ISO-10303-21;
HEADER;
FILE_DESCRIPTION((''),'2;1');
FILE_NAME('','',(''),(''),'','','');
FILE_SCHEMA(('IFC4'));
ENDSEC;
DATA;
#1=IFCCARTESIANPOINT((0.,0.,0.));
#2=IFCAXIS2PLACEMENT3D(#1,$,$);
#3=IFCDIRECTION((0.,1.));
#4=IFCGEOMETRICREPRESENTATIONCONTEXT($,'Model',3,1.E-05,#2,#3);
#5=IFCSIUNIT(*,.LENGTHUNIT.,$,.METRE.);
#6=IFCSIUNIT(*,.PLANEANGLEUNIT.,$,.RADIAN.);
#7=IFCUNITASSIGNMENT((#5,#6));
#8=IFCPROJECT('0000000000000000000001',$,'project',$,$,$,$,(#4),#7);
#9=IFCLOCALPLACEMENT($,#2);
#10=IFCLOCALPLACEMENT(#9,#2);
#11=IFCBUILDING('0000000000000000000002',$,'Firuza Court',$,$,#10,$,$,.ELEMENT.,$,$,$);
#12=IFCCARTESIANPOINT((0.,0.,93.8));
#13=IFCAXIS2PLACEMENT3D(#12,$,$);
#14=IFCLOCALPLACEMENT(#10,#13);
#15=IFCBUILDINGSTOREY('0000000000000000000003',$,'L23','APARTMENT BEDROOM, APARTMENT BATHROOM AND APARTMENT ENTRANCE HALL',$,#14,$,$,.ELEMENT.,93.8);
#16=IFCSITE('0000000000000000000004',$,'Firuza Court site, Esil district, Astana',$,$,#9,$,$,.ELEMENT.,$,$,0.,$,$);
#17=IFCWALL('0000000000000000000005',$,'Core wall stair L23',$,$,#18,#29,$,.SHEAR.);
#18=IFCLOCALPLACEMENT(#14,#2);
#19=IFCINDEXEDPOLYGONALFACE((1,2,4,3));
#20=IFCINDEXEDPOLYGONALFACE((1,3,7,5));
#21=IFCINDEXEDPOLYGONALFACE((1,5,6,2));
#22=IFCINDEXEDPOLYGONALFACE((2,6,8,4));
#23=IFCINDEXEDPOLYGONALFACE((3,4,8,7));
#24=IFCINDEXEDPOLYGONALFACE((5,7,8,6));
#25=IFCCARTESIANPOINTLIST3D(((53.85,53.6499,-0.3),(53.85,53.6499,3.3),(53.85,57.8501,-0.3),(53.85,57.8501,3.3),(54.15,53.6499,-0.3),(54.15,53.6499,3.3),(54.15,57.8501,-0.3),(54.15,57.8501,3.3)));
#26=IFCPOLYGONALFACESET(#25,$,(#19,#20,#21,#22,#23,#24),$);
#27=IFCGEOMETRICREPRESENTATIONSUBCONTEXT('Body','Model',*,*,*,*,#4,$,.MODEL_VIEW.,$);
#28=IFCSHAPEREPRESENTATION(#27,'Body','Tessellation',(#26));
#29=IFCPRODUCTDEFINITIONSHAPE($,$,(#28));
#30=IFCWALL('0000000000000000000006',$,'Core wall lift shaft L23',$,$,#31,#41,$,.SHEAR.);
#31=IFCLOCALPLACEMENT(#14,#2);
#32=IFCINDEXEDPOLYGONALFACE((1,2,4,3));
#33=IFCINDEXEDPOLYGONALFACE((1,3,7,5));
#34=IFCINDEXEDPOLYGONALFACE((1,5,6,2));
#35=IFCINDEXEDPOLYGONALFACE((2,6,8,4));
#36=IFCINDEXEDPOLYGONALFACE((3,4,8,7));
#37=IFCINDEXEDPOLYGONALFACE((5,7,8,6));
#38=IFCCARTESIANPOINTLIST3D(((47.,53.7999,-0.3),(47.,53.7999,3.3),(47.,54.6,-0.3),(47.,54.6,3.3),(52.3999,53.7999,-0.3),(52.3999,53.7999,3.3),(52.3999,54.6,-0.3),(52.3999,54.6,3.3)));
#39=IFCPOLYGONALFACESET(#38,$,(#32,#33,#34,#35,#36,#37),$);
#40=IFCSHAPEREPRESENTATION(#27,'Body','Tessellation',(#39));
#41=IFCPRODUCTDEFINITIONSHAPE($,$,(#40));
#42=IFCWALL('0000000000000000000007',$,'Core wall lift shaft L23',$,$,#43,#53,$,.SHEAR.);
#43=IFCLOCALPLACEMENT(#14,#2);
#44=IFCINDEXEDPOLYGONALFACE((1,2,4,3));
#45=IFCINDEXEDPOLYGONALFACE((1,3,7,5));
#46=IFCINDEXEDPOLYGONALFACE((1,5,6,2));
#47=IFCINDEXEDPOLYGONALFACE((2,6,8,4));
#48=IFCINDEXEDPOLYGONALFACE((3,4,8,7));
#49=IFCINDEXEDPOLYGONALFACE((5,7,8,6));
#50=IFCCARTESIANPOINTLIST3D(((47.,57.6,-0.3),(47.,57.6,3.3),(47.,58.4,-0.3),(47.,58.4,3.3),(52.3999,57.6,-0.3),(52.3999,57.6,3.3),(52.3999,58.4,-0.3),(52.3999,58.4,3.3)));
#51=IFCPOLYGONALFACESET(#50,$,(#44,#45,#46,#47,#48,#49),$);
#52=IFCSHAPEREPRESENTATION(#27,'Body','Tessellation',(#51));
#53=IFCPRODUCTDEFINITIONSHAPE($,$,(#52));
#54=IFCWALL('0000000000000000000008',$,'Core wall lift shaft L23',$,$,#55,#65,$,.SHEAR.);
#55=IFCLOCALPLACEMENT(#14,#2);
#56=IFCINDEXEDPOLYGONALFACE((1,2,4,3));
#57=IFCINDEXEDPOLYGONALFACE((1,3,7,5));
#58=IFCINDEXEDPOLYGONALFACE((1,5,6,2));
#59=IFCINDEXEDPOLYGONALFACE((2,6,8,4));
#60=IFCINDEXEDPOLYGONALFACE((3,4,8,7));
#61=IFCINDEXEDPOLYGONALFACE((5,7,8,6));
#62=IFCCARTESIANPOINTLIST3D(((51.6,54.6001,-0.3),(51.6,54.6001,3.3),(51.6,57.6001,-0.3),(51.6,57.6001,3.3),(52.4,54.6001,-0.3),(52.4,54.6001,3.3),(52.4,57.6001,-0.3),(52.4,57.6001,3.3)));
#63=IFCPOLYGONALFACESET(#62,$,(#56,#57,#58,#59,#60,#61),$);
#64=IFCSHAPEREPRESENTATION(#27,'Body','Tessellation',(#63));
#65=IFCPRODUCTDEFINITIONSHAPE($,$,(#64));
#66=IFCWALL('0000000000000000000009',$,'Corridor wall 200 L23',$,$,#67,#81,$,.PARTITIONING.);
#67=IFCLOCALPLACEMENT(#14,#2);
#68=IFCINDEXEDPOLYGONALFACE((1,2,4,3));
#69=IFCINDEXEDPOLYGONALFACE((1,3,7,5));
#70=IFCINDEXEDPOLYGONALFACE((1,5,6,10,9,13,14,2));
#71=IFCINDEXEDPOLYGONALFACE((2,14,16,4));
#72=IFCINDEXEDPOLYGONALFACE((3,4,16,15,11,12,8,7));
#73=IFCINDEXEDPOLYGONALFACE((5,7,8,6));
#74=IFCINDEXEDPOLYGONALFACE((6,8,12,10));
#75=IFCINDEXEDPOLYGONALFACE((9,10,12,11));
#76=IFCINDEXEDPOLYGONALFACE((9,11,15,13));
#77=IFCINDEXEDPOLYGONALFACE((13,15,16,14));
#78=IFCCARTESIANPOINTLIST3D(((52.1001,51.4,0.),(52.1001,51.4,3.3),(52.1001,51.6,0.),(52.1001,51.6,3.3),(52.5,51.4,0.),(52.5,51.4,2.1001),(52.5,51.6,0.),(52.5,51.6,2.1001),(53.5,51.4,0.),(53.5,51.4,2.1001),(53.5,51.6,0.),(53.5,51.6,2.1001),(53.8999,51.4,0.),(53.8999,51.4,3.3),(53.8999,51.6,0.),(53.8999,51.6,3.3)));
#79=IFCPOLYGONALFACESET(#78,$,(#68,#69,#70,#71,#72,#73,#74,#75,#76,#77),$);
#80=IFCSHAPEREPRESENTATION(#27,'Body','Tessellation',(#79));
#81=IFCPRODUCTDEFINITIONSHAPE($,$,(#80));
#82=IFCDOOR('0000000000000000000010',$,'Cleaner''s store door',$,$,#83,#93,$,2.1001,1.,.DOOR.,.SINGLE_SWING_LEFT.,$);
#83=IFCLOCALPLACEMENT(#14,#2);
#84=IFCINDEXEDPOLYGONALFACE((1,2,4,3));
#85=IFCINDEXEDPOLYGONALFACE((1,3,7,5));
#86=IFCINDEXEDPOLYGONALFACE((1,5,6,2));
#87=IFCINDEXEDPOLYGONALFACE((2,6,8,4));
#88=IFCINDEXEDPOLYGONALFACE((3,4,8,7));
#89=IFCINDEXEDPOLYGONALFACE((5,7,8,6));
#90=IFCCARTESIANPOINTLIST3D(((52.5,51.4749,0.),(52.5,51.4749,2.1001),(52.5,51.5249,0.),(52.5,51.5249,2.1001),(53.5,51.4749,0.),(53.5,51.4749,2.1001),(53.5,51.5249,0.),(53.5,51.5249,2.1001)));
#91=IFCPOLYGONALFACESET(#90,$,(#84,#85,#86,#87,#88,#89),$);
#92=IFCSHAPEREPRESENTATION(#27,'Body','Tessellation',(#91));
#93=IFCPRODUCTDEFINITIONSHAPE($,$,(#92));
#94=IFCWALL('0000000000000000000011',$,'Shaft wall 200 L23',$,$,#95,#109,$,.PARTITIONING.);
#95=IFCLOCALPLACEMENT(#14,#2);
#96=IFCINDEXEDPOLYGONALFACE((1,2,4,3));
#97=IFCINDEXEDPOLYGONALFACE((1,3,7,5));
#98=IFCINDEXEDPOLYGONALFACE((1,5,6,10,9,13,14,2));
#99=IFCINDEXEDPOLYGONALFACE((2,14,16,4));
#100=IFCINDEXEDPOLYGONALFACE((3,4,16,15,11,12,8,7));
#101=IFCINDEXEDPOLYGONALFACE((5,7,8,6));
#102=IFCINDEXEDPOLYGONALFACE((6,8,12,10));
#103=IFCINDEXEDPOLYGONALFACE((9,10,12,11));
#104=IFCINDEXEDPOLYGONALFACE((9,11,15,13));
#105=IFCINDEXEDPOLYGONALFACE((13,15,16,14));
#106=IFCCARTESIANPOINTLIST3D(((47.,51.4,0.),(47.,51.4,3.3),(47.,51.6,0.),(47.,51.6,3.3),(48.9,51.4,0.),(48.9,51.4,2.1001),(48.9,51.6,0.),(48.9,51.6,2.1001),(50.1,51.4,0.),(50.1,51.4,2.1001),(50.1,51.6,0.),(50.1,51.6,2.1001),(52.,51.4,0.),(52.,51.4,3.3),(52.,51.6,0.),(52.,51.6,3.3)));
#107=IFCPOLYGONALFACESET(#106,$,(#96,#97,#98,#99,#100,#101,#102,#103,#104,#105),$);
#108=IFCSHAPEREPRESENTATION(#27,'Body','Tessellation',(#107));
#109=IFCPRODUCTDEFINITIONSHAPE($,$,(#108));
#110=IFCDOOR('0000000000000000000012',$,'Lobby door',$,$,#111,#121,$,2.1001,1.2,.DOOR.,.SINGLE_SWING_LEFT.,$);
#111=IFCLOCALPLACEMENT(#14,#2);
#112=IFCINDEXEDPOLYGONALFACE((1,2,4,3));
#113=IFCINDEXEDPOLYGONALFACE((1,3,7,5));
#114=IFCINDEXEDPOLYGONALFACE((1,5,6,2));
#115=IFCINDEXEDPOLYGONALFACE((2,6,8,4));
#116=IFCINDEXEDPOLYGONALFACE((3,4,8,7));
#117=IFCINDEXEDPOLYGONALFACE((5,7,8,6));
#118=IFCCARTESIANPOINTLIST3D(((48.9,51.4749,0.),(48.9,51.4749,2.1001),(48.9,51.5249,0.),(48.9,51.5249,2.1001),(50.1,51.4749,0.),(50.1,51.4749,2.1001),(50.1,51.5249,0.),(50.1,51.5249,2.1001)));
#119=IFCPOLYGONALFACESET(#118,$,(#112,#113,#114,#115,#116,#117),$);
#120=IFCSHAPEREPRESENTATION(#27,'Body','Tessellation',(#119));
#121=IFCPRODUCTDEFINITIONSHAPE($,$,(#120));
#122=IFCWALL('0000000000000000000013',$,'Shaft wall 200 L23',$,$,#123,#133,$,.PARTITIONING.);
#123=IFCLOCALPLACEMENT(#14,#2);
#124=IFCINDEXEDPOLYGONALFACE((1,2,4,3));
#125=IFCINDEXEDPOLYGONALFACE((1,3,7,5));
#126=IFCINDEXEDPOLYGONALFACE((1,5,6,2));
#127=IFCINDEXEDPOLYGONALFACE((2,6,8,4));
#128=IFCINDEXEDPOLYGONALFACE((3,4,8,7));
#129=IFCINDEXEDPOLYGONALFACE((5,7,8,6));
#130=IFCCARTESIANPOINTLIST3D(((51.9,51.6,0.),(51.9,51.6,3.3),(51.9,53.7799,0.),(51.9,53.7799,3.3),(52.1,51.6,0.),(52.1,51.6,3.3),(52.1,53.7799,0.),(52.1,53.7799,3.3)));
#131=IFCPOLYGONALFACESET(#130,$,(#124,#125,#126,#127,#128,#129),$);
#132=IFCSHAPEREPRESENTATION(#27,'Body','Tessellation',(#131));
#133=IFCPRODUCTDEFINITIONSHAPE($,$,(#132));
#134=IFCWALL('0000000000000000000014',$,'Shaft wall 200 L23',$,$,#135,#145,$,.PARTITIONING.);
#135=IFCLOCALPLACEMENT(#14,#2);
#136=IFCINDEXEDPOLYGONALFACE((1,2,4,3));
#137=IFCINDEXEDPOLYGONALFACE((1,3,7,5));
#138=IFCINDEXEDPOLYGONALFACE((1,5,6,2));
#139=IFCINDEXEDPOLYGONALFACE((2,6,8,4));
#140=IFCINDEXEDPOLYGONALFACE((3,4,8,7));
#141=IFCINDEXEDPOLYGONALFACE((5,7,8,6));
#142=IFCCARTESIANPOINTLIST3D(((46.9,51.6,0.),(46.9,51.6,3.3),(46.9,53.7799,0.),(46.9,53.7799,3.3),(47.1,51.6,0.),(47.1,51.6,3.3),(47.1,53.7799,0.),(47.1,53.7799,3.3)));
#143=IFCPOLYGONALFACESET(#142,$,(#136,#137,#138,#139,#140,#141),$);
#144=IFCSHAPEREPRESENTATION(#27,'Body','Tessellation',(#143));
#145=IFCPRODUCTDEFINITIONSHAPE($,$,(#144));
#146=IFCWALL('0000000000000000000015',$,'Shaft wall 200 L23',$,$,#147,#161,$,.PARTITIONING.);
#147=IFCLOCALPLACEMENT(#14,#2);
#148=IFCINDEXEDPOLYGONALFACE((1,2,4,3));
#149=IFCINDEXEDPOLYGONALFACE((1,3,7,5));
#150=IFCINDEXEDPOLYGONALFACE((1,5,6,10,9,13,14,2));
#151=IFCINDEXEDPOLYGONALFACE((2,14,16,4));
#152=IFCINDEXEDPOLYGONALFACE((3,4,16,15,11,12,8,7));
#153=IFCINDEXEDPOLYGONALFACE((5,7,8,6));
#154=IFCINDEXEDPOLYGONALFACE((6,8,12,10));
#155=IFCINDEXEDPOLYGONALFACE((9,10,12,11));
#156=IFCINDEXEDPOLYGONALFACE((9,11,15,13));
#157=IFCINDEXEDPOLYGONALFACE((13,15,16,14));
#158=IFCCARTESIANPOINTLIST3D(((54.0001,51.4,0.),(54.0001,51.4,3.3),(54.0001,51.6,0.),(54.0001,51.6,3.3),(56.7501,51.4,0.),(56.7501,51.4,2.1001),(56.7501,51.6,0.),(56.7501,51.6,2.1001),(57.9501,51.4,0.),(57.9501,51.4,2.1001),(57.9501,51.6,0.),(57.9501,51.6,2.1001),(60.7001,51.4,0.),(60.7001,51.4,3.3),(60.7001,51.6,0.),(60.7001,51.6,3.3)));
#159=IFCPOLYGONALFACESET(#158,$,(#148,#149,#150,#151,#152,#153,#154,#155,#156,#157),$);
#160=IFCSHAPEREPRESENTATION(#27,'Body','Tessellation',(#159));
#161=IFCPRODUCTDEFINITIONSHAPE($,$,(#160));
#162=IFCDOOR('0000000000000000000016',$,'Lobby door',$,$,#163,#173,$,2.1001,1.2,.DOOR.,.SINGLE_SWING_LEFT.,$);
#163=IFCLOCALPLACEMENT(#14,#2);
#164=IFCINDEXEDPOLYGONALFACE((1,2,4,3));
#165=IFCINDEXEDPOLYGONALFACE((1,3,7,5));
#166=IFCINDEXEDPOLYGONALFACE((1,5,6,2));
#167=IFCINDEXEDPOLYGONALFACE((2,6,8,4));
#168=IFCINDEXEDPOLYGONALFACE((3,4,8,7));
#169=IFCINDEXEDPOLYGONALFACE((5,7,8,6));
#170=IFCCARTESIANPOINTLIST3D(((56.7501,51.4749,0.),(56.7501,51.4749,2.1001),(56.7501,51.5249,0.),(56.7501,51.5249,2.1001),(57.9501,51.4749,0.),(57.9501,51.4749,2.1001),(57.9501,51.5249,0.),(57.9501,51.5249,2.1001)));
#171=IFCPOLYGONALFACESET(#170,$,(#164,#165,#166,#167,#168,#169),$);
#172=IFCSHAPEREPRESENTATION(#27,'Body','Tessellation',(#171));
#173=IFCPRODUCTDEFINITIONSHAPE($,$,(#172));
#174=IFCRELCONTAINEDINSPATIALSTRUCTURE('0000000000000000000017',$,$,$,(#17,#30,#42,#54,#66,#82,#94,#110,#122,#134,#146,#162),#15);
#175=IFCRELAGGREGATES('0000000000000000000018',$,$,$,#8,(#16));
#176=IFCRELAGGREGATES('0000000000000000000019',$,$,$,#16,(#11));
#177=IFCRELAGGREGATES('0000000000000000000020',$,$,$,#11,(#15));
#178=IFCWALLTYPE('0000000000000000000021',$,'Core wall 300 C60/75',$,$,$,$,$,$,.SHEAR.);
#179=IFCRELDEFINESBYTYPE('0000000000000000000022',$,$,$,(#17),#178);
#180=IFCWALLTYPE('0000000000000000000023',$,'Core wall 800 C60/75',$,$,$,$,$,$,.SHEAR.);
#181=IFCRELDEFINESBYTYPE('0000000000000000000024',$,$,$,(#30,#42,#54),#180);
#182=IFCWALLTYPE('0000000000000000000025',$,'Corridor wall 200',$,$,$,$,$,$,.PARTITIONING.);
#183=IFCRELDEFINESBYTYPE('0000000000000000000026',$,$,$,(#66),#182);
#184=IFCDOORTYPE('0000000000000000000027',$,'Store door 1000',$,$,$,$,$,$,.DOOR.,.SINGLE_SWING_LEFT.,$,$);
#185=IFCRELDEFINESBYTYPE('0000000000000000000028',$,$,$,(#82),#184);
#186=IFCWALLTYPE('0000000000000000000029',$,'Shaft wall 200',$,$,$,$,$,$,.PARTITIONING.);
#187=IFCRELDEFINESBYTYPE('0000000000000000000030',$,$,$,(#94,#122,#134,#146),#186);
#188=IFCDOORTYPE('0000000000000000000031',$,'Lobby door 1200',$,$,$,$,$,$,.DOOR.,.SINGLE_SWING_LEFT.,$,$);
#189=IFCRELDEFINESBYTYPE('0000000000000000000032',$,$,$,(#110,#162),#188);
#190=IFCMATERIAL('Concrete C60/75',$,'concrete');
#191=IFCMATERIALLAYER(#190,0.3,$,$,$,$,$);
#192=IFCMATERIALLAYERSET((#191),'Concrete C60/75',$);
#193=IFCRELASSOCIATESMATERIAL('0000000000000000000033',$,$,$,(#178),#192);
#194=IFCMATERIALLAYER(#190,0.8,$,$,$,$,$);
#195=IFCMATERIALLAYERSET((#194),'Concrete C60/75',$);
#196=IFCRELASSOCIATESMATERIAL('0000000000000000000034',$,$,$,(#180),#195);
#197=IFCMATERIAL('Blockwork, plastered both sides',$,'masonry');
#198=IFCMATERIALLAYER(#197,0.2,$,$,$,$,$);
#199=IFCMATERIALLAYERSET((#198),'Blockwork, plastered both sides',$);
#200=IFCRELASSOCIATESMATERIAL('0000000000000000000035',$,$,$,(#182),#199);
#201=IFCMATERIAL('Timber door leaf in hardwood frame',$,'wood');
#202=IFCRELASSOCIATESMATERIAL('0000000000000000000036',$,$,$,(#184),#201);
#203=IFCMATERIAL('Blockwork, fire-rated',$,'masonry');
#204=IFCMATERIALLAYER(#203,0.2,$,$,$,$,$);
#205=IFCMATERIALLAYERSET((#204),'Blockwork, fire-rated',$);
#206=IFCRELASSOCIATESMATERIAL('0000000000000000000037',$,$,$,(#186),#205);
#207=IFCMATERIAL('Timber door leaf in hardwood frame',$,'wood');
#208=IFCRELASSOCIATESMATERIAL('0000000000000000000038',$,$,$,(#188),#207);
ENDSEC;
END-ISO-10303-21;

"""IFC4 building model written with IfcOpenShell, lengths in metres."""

from ifc_helpers import new_model, si_unit, direction, frame, frame_2d, origin, place, context, subcontext, project, spatial, rectangle, extrude, material, layer, layer_set, type_object, element, fill, save


model = new_model("IFC4")

# Units and contexts
model_context = context("Model", 3, precision=1e-05, world=origin(), true_north=direction((0.0, 1.0)))
body_context = subcontext(model_context, "Body", "Model", "MODEL_VIEW")
ifc_project = project(units=[si_unit("LENGTHUNIT", "METRE"), si_unit("PLANEANGLEUNIT", "RADIAN")], contexts=[model_context])

# Site, building, storey
site_placement = place(None, origin())
site = spatial("IfcSite", under=ifc_project, at=site_placement, Name="Firuza Court site, Esil district, Astana", CompositionType="ELEMENT", RefElevation=0.0)
building_placement = place(site_placement, origin())
building = spatial("IfcBuilding", under=site, at=building_placement, Name="Firuza Court", CompositionType="ELEMENT")
storey_placement = place(building_placement, frame((0.0, 0.0, 93.8)))
storey = spatial("IfcBuildingStorey", under=building, at=storey_placement, Name="L23", Description="APARTMENT BEDROOM, APARTMENT BATHROOM AND APARTMENT ENTRANCE HALL", CompositionType="ELEMENT", Elevation=93.8)

# Shared definitions
ifc_material_1 = material(Name="Concrete C60/75", Category="concrete")
ifc_layer_1 = layer(ifc_material_1, 0.3)
ifc_layer_set_1 = layer_set([ifc_layer_1], Name="Concrete C60/75")
wall_type_1 = type_object("IfcWallType", Name="Core wall 300 C60/75", PredefinedType="SHEAR", material=ifc_layer_set_1)

# Walls
wall_1_placement = place(storey_placement, frame((54.0, 53.6499, -0.3), z_axis=(0.0, 0.0, 1.0), x_axis=(0.0, 1.0, 0.0)))
element("IfcWall", 1, at=wall_1_placement, inside=storey, type_object=wall_type_1, Name="Core wall stair L23", PredefinedType="SHEAR", context=body_context, shape_type="SweptSolid", body=[
    extrude(rectangle(XDim=4.2002, YDim=0.3, at=frame_2d((2.1001, 0.0))), origin(), (0.0, 0.0, 1.0), 3.6001),
])
ifc_layer_2 = layer(ifc_material_1, 0.8)
ifc_layer_set_2 = layer_set([ifc_layer_2], Name="Concrete C60/75")
wall_type_2 = type_object("IfcWallType", Name="Core wall 800 C60/75", PredefinedType="SHEAR", material=ifc_layer_set_2)
for number, where, z_axis, x_axis, name in (
    (2, (47.0, 54.2, -0.3), (0.0, 0.0, 1.0), (1.0, 0.0, 0.0), "Core wall lift shaft L23"),
    (3, (47.0, 58.0, -0.3), (0.0, 0.0, 1.0), (1.0, 0.0, 0.0), "Core wall lift shaft L23"),
):
    element("IfcWall", number, at=place(storey_placement, frame(where, z_axis=z_axis, x_axis=x_axis)), inside=storey, type_object=wall_type_2, Name=name, PredefinedType="SHEAR", context=body_context, shape_type="SweptSolid", body=[
        extrude(rectangle(XDim=5.3999, YDim=0.8, at=frame_2d((2.7, 0.0))), origin(), (0.0, 0.0, 1.0), 3.6001),
    ])
wall_2_placement = place(storey_placement, frame((52.0, 54.6001, -0.3), z_axis=(0.0, 0.0, 1.0), x_axis=(0.0, 1.0, 0.0)))
element("IfcWall", 4, at=wall_2_placement, inside=storey, type_object=wall_type_2, Name="Core wall lift shaft L23", PredefinedType="SHEAR", context=body_context, shape_type="SweptSolid", body=[
    extrude(rectangle(XDim=3.0, YDim=0.8, at=frame_2d((1.5, 0.0))), origin(), (0.0, 0.0, 1.0), 3.6001),
])

# Walls, openings, doors
ifc_material_2 = material(Name="Blockwork, plastered both sides", Category="masonry")
ifc_layer_3 = layer(ifc_material_2, 0.2)
ifc_layer_set_3 = layer_set([ifc_layer_3], Name="Blockwork, plastered both sides")
wall_type_3 = type_object("IfcWallType", Name="Corridor wall 200", PredefinedType="PARTITIONING", material=ifc_layer_set_3)
wall_3_placement = place(storey_placement, frame((52.1001, 51.5, 0.0), z_axis=(0.0, 0.0, 1.0), x_axis=(1.0, 0.0, 0.0)))
wall_3 = element("IfcWall", 5, at=wall_3_placement, inside=storey, type_object=wall_type_3, Name="Corridor wall 200 L23", PredefinedType="PARTITIONING", context=body_context, shape_type="SweptSolid", body=[
    extrude(rectangle(XDim=1.7998, YDim=0.2, at=frame_2d((0.8999, 0.0))), origin(), (0.0, 0.0, 1.0), 3.3),
])
opening_1_placement = place(wall_3_placement, frame((0.3999, 0.0, 0.0)))
opening_1 = element("IfcOpeningElement", 6, at=opening_1_placement, cuts=wall_3, PredefinedType="OPENING", context=body_context, shape_type="SweptSolid", body=[
    extrude(rectangle(XDim=1.0, YDim=2.1001, at=frame_2d((0.5, 1.05))), frame((0.0, 0.1118, 0.0), z_axis=(0.0, -1.0, 0.0), x_axis=(1.0, 0.0, 0.0)), (0.0, 0.0, 1.0), 0.2239),
])
ifc_material_3 = material(Name="Timber door leaf in hardwood frame", Category="wood")
door_type_1 = type_object("IfcDoorType", Name="Store door 1000", OperationType="SINGLE_SWING_LEFT", PredefinedType="DOOR", material=ifc_material_3)
door_1_placement = place(opening_1_placement, origin())
door_1 = element("IfcDoor", 7, at=door_1_placement, inside=storey, type_object=door_type_1, Name="Cleaner's store door", OperationType="SINGLE_SWING_LEFT", OverallHeight=2.1001, OverallWidth=1.0, PredefinedType="DOOR", context=body_context, shape_type="SweptSolid", body=[
    extrude(rectangle(XDim=1.0, YDim=2.1001, at=frame_2d((0.5, 1.05))), frame((0.0, 0.0249, 0.0), z_axis=(0.0, -1.0, 0.0), x_axis=(1.0, 0.0, 0.0)), (0.0, 0.0, 1.0), 0.05),
])
fill(opening_1, door_1)
ifc_material_4 = material(Name="Blockwork, fire-rated", Category="masonry")
ifc_layer_4 = layer(ifc_material_4, 0.2)
ifc_layer_set_4 = layer_set([ifc_layer_4], Name="Blockwork, fire-rated")
wall_type_4 = type_object("IfcWallType", Name="Shaft wall 200", PredefinedType="PARTITIONING", material=ifc_layer_set_4)
wall_4_placement = place(storey_placement, frame((47.0, 51.5, 0.0), z_axis=(0.0, 0.0, 1.0), x_axis=(1.0, 0.0, 0.0)))
wall_4 = element("IfcWall", 8, at=wall_4_placement, inside=storey, type_object=wall_type_4, Name="Shaft wall 200 L23", PredefinedType="PARTITIONING", context=body_context, shape_type="SweptSolid", body=[
    extrude(rectangle(XDim=5.0, YDim=0.2, at=frame_2d((2.5, 0.0))), origin(), (0.0, 0.0, 1.0), 3.3),
])
opening_2_placement = place(wall_4_placement, frame((1.8999, 0.0, 0.0)))
opening_2 = element("IfcOpeningElement", 9, at=opening_2_placement, cuts=wall_4, PredefinedType="OPENING", context=body_context, shape_type="SweptSolid", body=[
    extrude(rectangle(XDim=1.2, YDim=2.1001, at=frame_2d((0.6001, 1.05))), frame((0.0, 0.1118, 0.0), z_axis=(0.0, -1.0, 0.0), x_axis=(1.0, 0.0, 0.0)), (0.0, 0.0, 1.0), 0.2239),
])
ifc_material_5 = material(Name="Timber door leaf in hardwood frame", Category="wood")
door_type_2 = type_object("IfcDoorType", Name="Lobby door 1200", OperationType="SINGLE_SWING_LEFT", PredefinedType="DOOR", material=ifc_material_5)
door_2_placement = place(opening_2_placement, origin())
door_2 = element("IfcDoor", 10, at=door_2_placement, inside=storey, type_object=door_type_2, Name="Lobby door", OperationType="SINGLE_SWING_LEFT", OverallHeight=2.1001, OverallWidth=1.2, PredefinedType="DOOR", context=body_context, shape_type="SweptSolid", body=[
    extrude(rectangle(XDim=1.2, YDim=2.1001, at=frame_2d((0.6001, 1.05))), frame((0.0, 0.0249, 0.0), z_axis=(0.0, -1.0, 0.0), x_axis=(1.0, 0.0, 0.0)), (0.0, 0.0, 1.0), 0.05),
])
fill(opening_2, door_2)

# Walls
for number, where, z_axis, x_axis, name in (
    (11, (52.0, 51.6001, 0.0), (0.0, 0.0, 1.0), (0.0, 1.0, 0.0), "Shaft wall 200 L23"),
    (12, (47.0, 51.6001, 0.0), (0.0, 0.0, 1.0), (0.0, 1.0, 0.0), "Shaft wall 200 L23"),
):
    element("IfcWall", number, at=place(storey_placement, frame(where, z_axis=z_axis, x_axis=x_axis)), inside=storey, type_object=wall_type_4, Name=name, PredefinedType="PARTITIONING", context=body_context, shape_type="SweptSolid", body=[
        extrude(rectangle(XDim=2.1799, YDim=0.2, at=frame_2d((1.0898, 0.0))), origin(), (0.0, 0.0, 1.0), 3.3),
    ])

# Wall, opening, door
wall_5_placement = place(storey_placement, frame((54.0, 51.5, 0.0), z_axis=(0.0, 0.0, 1.0), x_axis=(1.0, 0.0, 0.0)))
wall_5 = element("IfcWall", 13, at=wall_5_placement, inside=storey, type_object=wall_type_4, Name="Shaft wall 200 L23", PredefinedType="PARTITIONING", context=body_context, shape_type="SweptSolid", body=[
    extrude(rectangle(XDim=6.7, YDim=0.2, at=frame_2d((3.3501, 0.0))), origin(), (0.0, 0.0, 1.0), 3.3),
])
opening_3_placement = place(wall_5_placement, frame((2.75, 0.0, 0.0)))
opening_3 = element("IfcOpeningElement", 14, at=opening_3_placement, cuts=wall_5, PredefinedType="OPENING", context=body_context, shape_type="SweptSolid", body=[
    extrude(rectangle(XDim=1.2, YDim=2.1001, at=frame_2d((0.6001, 1.05))), frame((0.0, 0.1118, 0.0), z_axis=(0.0, -1.0, 0.0), x_axis=(1.0, 0.0, 0.0)), (0.0, 0.0, 1.0), 0.2239),
])
door_3_placement = place(opening_3_placement, origin())
door_3 = element("IfcDoor", 15, at=door_3_placement, inside=storey, type_object=door_type_2, Name="Lobby door", OperationType="SINGLE_SWING_LEFT", OverallHeight=2.1001, OverallWidth=1.2, PredefinedType="DOOR", context=body_context, shape_type="SweptSolid", body=[
    extrude(rectangle(XDim=1.2, YDim=2.1001, at=frame_2d((0.6001, 1.05))), frame((0.0, 0.0249, 0.0), z_axis=(0.0, -1.0, 0.0), x_axis=(1.0, 0.0, 0.0)), (0.0, 0.0, 1.0), 0.05),
])
fill(opening_3, door_3)

save(model, "model.ifc")
